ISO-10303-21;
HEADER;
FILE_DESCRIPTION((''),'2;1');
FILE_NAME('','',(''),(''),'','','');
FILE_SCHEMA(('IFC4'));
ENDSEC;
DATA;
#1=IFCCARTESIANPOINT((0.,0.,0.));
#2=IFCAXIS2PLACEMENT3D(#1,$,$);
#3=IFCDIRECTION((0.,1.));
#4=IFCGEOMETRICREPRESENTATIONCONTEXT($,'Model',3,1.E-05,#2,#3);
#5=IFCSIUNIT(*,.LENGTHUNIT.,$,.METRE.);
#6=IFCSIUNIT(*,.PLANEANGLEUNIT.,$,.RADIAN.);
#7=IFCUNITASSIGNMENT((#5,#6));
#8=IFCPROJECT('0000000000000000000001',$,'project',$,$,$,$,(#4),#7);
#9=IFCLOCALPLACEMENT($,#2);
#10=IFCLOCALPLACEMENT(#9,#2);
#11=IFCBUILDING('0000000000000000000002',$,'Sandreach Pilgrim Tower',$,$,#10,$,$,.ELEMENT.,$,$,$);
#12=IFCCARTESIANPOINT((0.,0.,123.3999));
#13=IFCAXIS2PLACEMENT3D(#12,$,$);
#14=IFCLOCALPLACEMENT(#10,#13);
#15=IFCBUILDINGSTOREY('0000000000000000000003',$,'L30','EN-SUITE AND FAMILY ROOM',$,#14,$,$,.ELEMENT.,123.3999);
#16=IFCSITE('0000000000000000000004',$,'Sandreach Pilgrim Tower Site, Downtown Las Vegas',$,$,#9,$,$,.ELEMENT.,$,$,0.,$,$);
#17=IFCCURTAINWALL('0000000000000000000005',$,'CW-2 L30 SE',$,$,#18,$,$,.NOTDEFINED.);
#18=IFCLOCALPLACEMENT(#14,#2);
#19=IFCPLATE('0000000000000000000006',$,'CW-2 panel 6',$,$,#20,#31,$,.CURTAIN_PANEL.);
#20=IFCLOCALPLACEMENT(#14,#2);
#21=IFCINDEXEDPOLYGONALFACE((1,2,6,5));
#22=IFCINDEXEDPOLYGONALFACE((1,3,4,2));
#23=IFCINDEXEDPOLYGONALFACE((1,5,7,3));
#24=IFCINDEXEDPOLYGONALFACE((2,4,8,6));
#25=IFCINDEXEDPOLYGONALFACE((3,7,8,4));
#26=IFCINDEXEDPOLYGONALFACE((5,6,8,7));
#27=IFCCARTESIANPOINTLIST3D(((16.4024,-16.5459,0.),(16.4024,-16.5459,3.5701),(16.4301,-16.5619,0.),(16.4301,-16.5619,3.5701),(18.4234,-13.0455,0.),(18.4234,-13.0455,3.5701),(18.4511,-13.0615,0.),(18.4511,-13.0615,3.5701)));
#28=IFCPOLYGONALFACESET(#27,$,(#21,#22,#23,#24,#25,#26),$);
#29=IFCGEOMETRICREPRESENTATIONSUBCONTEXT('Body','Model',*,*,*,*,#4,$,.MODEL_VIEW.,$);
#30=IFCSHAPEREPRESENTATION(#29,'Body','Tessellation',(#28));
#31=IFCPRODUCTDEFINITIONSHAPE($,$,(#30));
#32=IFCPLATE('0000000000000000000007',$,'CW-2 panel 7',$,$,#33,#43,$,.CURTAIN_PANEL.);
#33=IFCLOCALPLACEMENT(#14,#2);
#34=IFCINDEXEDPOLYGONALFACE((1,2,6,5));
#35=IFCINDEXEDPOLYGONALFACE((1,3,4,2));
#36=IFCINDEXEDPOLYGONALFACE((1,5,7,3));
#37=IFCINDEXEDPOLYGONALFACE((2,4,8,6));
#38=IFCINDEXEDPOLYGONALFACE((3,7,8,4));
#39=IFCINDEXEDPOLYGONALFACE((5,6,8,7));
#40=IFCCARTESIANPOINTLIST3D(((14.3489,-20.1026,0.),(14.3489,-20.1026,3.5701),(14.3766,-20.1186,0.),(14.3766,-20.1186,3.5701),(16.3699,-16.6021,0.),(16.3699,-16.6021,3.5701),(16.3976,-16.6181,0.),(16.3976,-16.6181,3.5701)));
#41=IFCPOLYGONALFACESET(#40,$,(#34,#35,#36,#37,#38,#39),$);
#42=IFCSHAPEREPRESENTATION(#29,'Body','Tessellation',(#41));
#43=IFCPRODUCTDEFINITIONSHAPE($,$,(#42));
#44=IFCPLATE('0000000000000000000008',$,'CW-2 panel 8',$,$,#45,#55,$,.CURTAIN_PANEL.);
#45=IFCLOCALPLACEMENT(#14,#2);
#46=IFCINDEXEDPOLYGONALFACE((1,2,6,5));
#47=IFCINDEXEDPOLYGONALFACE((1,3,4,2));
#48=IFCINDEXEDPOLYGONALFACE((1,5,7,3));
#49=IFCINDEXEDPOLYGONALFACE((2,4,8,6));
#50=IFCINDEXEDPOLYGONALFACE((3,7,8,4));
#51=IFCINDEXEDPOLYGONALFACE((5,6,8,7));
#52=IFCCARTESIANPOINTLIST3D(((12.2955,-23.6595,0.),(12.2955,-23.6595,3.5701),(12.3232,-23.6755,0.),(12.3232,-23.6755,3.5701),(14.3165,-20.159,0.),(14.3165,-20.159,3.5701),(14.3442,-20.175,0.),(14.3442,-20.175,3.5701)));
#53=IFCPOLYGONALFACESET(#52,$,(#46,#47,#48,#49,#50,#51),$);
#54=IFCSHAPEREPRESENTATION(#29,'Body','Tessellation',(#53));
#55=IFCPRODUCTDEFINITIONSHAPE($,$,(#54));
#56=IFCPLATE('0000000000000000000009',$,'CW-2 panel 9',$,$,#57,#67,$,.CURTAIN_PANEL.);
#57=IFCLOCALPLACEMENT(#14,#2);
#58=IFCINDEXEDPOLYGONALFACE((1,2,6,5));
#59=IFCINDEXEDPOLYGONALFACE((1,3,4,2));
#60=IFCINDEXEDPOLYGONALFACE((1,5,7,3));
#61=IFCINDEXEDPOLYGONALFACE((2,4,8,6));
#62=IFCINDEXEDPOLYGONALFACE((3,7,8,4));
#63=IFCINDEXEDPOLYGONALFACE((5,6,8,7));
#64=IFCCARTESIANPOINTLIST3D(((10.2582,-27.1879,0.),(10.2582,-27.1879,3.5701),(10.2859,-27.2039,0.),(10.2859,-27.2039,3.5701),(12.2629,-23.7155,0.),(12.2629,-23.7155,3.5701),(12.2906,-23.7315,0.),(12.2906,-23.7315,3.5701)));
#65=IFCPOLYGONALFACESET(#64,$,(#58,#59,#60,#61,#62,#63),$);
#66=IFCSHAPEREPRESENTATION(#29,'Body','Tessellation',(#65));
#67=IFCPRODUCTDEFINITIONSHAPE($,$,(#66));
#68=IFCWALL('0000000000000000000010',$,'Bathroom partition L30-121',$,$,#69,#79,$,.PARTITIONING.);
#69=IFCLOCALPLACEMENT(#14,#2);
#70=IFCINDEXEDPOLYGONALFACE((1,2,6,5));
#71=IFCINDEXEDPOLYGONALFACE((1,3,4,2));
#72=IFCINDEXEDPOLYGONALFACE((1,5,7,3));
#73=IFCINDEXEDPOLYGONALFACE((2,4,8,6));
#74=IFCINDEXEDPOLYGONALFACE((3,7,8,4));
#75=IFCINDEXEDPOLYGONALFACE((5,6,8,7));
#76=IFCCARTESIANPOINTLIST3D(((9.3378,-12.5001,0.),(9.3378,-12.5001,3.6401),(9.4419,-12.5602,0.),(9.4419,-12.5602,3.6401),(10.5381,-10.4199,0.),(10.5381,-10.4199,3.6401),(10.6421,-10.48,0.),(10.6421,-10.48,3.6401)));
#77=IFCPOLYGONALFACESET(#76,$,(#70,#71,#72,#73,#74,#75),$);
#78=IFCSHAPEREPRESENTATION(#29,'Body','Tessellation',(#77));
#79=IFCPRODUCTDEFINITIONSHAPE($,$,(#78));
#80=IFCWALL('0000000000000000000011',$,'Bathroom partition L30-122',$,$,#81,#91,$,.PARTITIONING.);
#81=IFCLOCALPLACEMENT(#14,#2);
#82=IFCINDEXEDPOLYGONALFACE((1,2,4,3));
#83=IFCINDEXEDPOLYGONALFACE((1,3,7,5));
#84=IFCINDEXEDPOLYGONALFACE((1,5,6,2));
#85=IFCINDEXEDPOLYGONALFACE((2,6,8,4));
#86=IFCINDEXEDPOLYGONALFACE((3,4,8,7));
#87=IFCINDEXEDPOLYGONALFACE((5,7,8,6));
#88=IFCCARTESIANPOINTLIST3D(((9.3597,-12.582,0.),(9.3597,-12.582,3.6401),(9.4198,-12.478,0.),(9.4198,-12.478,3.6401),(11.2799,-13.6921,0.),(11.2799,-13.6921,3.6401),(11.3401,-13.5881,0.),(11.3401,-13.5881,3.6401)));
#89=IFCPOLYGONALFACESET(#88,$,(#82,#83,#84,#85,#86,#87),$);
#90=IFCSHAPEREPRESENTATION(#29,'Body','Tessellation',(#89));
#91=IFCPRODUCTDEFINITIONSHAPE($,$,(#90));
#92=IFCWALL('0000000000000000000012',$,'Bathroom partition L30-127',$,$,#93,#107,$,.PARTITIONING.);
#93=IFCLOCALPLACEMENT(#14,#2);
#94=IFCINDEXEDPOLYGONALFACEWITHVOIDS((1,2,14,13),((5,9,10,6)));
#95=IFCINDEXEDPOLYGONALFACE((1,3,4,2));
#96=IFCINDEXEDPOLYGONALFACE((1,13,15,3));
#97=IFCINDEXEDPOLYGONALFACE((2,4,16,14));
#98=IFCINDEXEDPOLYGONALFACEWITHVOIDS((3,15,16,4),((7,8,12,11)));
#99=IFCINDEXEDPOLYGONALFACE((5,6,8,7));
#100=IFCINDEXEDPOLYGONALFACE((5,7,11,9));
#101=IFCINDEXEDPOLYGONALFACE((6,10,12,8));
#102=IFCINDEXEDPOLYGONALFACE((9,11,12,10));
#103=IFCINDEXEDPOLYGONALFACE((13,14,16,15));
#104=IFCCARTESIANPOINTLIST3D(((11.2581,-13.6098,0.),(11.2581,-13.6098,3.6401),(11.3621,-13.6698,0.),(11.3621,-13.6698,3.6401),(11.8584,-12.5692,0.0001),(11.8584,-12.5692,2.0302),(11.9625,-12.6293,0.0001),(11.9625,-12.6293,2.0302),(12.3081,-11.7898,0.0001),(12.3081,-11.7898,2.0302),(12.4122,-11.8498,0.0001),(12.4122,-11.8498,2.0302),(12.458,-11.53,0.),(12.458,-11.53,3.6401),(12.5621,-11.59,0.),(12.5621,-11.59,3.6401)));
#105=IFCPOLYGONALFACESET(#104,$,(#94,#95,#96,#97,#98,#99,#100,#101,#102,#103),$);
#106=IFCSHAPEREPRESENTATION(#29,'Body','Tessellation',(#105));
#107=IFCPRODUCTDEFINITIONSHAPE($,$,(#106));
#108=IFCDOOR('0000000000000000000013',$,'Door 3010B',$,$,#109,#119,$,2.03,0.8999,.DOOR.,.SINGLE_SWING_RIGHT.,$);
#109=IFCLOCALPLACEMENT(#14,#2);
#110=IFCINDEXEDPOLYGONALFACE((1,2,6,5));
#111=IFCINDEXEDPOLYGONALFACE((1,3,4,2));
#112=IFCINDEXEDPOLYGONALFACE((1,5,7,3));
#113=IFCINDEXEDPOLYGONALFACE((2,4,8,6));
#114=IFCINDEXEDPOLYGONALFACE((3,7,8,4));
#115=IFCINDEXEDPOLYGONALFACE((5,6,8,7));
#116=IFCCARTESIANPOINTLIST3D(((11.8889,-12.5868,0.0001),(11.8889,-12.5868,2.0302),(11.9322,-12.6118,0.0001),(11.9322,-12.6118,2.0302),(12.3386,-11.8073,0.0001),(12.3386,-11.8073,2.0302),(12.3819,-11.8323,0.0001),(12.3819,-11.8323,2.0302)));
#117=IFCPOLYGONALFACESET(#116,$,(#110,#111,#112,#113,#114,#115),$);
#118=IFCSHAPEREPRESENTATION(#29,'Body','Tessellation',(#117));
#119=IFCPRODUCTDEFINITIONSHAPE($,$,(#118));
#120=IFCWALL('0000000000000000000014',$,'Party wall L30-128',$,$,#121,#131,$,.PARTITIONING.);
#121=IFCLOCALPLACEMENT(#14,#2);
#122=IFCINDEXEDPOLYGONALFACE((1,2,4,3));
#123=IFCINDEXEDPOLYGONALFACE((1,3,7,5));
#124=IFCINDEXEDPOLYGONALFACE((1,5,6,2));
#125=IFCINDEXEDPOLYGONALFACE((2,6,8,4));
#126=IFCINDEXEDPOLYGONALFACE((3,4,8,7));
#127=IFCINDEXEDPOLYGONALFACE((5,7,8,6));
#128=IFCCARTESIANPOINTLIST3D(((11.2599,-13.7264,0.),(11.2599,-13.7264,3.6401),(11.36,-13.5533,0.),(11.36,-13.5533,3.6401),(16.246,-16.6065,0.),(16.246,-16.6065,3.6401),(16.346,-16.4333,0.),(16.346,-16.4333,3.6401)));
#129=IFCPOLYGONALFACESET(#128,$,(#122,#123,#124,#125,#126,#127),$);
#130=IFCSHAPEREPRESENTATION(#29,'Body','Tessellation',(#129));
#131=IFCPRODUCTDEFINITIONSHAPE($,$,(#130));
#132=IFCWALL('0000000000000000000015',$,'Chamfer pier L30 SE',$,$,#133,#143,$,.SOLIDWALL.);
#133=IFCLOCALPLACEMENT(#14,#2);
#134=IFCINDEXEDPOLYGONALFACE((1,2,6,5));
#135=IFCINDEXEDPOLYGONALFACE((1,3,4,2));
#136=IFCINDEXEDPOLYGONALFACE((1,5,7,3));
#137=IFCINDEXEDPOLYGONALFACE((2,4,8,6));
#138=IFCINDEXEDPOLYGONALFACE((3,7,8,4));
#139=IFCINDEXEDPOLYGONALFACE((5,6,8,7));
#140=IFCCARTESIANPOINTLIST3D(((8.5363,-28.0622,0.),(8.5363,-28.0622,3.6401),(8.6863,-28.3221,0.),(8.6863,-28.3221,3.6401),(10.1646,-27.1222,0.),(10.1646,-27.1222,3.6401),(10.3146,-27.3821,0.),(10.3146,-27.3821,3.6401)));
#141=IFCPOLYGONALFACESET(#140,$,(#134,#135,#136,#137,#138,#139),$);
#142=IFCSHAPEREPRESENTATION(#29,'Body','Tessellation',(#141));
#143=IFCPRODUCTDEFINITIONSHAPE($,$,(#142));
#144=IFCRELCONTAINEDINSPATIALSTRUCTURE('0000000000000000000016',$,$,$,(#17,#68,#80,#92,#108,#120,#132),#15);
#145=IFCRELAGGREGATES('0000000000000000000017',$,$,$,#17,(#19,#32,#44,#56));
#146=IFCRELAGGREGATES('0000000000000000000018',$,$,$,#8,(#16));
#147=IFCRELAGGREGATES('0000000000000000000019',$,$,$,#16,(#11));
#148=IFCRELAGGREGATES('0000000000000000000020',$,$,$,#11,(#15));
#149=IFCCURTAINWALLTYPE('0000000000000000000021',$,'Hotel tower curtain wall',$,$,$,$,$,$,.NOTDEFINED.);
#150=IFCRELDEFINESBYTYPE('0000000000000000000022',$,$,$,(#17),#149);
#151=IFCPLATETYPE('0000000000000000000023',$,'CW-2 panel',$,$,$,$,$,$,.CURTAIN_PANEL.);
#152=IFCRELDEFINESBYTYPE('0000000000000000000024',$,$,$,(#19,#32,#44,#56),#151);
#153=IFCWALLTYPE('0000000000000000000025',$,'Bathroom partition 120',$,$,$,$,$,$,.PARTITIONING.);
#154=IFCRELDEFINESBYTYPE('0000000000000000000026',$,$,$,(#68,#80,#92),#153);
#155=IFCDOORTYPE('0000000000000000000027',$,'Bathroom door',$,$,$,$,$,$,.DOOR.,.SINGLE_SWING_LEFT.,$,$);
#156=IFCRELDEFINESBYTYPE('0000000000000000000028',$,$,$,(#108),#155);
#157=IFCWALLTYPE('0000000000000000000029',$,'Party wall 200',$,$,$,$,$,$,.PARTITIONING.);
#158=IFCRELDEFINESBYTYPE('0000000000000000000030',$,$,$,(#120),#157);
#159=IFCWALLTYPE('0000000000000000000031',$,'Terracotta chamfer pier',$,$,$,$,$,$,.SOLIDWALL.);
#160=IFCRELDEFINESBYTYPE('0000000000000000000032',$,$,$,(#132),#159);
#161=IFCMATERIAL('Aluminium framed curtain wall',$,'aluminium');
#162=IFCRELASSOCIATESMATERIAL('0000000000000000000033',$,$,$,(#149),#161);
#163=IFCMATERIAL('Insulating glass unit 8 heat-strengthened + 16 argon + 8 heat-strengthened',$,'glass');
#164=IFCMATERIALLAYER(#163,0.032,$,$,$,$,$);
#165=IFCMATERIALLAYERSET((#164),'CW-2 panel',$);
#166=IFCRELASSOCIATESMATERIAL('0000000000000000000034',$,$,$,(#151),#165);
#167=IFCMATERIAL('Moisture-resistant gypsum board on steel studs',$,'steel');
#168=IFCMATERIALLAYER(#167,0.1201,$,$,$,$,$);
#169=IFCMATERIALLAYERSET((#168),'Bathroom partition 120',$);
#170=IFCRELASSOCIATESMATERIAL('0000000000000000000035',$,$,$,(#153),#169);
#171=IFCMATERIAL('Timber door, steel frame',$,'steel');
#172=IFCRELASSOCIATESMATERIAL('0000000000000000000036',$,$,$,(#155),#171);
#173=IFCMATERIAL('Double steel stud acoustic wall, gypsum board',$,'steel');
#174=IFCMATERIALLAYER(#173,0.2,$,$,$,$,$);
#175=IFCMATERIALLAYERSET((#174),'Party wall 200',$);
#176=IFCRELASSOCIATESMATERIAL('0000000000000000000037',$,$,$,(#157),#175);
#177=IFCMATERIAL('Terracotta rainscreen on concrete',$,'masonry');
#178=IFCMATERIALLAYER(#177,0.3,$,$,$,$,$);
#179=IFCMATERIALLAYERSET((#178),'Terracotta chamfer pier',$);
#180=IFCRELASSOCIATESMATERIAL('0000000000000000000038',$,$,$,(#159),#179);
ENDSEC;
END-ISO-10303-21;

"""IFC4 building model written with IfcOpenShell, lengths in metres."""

from ifc_helpers import new_model, si_unit, direction, frame, frame_2d, origin, origin_2d, place, context, subcontext, project, spatial, rectangle, extrude, material, layer, layer_set, type_object, element, fill, aggregate, save


model = new_model("IFC4")

# Units and contexts
model_context = context("Model", 3, precision=1e-05, world=origin(), true_north=direction((0.0, 1.0)))
body_context = subcontext(model_context, "Body", "Model", "MODEL_VIEW")
ifc_project = project(units=[si_unit("LENGTHUNIT", "METRE"), si_unit("PLANEANGLEUNIT", "RADIAN")], contexts=[model_context])

# Site, building, storey
site_placement = place(None, origin())
site = spatial("IfcSite", under=ifc_project, at=site_placement, Name="Sandreach Pilgrim Tower Site, Downtown Las Vegas", CompositionType="ELEMENT", RefElevation=0.0)
building_placement = place(site_placement, origin())
building = spatial("IfcBuilding", under=site, at=building_placement, Name="Sandreach Pilgrim Tower", CompositionType="ELEMENT")
storey_placement = place(building_placement, frame((0.0, 0.0, 123.3999)))
storey = spatial("IfcBuildingStorey", under=building, at=storey_placement, Name="L30", Description="EN-SUITE AND FAMILY ROOM", CompositionType="ELEMENT", Elevation=123.3999)

# Curtain wall
ifc_material_1 = material(Name="Aluminium framed curtain wall", Category="aluminium")
curtain_wall_type = type_object("IfcCurtainWallType", Name="Hotel tower curtain wall", PredefinedType="NOTDEFINED", material=ifc_material_1)
curtain_wall_placement = place(storey_placement, origin())
curtain_wall = element("IfcCurtainWall", 1, at=curtain_wall_placement, inside=storey, type_object=curtain_wall_type, Name="CW-2 L30 SE", PredefinedType="NOTDEFINED")

# Plates
ifc_material_2 = material(Name="Insulating glass unit 8 heat-strengthened + 16 argon + 8 heat-strengthened", Category="glass")
ifc_layer_1 = layer(ifc_material_2, 0.032)
ifc_layer_set_1 = layer_set([ifc_layer_1], Name="CW-2 panel")
plate_type = type_object("IfcPlateType", Name="CW-2 panel", PredefinedType="CURTAIN_PANEL", material=ifc_layer_set_1)
plate_1_placement = place(storey_placement, frame((17.4268, -14.8037, 0.0), z_axis=(0.0, 0.0, 1.0), x_axis=(-0.5, -0.866025, 0.0)))
plate_1 = element("IfcPlate", 2, at=plate_1_placement, type_object=plate_type, Name="CW-2 panel 6", PredefinedType="CURTAIN_PANEL", context=body_context, shape_type="SweptSolid", body=[
    extrude(rectangle(XDim=4.042, YDim=0.032, at=origin_2d()), origin(), (0.0, 0.0, 1.0), 3.5701),
])
plate_2_placement = place(storey_placement, frame((15.3733, -18.3604, 0.0), z_axis=(0.0, 0.0, 1.0), x_axis=(-0.5, -0.866025, 0.0)))
plate_2 = element("IfcPlate", 3, at=plate_2_placement, type_object=plate_type, Name="CW-2 panel 7", PredefinedType="CURTAIN_PANEL", context=body_context, shape_type="SweptSolid", body=[
    extrude(rectangle(XDim=4.042, YDim=0.032, at=origin_2d()), origin(), (0.0, 0.0, 1.0), 3.5701),
])
plate_3_placement = place(storey_placement, frame((13.3198, -21.9172, 0.0), z_axis=(0.0, 0.0, 1.0), x_axis=(-0.5, -0.866025, 0.0)))
plate_3 = element("IfcPlate", 4, at=plate_3_placement, type_object=plate_type, Name="CW-2 panel 8", PredefinedType="CURTAIN_PANEL", context=body_context, shape_type="SweptSolid", body=[
    extrude(rectangle(XDim=4.042, YDim=0.032, at=origin_2d()), origin(), (0.0, 0.0, 1.0), 3.5701),
])
plate_4_placement = place(storey_placement, frame((11.2744, -25.4597, 0.0), z_axis=(0.0, 0.0, 1.0), x_axis=(-0.5, -0.866025, 0.0)))
plate_4 = element("IfcPlate", 5, at=plate_4_placement, type_object=plate_type, Name="CW-2 panel 9", PredefinedType="CURTAIN_PANEL", context=body_context, shape_type="SweptSolid", body=[
    extrude(rectangle(XDim=4.0095, YDim=0.032, at=origin_2d()), origin(), (0.0, 0.0, 1.0), 3.5701),
])
aggregate(curtain_wall, [plate_1, plate_2, plate_3, plate_4])

# Walls
ifc_material_3 = material(Name="Moisture-resistant gypsum board on steel studs", Category="steel")
ifc_layer_2 = layer(ifc_material_3, 0.1201)
ifc_layer_set_2 = layer_set([ifc_layer_2], Name="Bathroom partition 120")
wall_type_1 = type_object("IfcWallType", Name="Bathroom partition 120", PredefinedType="PARTITIONING", material=ifc_layer_set_2)
wall_1_placement = place(storey_placement, frame((9.3899, -12.53, 0.0), z_axis=(0.0, 0.0, 1.0), x_axis=(0.499769, 0.866159, 0.0)))
element("IfcWall", 6, at=wall_1_placement, inside=storey, type_object=wall_type_1, Name="Bathroom partition L30-121", PredefinedType="PARTITIONING", context=body_context, shape_type="SweptSolid", body=[
    extrude(rectangle(XDim=2.4016, YDim=0.1201, at=frame_2d((1.2007, 0.0))), origin(), (0.0, 0.0, 1.0), 3.6401),
])
wall_2_placement = place(storey_placement, frame((9.3899, -12.53, 0.0), z_axis=(0.0, 0.0, 1.0), x_axis=(0.865733, -0.500507, 0.0)))
element("IfcWall", 7, at=wall_2_placement, inside=storey, type_object=wall_type_1, Name="Bathroom partition L30-122", PredefinedType="PARTITIONING", context=body_context, shape_type="SweptSolid", body=[
    extrude(rectangle(XDim=2.218, YDim=0.1201, at=frame_2d((1.1089, 0.0))), origin(), (0.0, 0.0, 1.0), 3.6401),
])

# Wall, opening, door
wall_3_placement = place(storey_placement, frame((11.3101, -13.6399, 0.0), z_axis=(0.0, 0.0, 1.0), x_axis=(0.499737, 0.866177, 0.0)))
wall_3 = element("IfcWall", 8, at=wall_3_placement, inside=storey, type_object=wall_type_1, Name="Bathroom partition L30-127", PredefinedType="PARTITIONING", context=body_context, shape_type="SweptSolid", body=[
    extrude(rectangle(XDim=2.4011, YDim=0.1201, at=frame_2d((1.2007, 0.0))), origin(), (0.0, 0.0, 1.0), 3.6401),
])
opening_placement = place(wall_3_placement, frame((1.2014, 0.0, 0.0)))
opening = element("IfcOpeningElement", 9, at=opening_placement, cuts=wall_3, PredefinedType="OPENING", context=body_context, shape_type="SweptSolid", body=[
    extrude(rectangle(XDim=0.8999, YDim=2.03, at=frame_2d((0.45, 1.0151))), frame((0.0, 0.0601, 0.0), z_axis=(0.0, -1.0, 0.0), x_axis=(1.0, 0.0, 0.0)), (0.0, 0.0, 1.0), 0.1201),
])
ifc_material_4 = material(Name="Timber door, steel frame", Category="steel")
door_type = type_object("IfcDoorType", Name="Bathroom door", OperationType="SINGLE_SWING_LEFT", PredefinedType="DOOR", material=ifc_material_4)
door_placement = place(opening_placement, origin())
door = element("IfcDoor", 10, at=door_placement, inside=storey, type_object=door_type, Name="Door 3010B", OperationType="SINGLE_SWING_RIGHT", OverallHeight=2.03, OverallWidth=0.8999, PredefinedType="DOOR", context=body_context, shape_type="SweptSolid", body=[
    extrude(rectangle(XDim=0.8999, YDim=2.03, at=frame_2d((0.45, 1.0151))), frame((0.0, 0.0249, 0.0), z_axis=(0.0, -1.0, 0.0), x_axis=(1.0, 0.0, 0.0)), (0.0, 0.0, 1.0), 0.05),
])
fill(opening, door)

# Walls
ifc_material_5 = material(Name="Double steel stud acoustic wall, gypsum board", Category="steel")
ifc_layer_3 = layer(ifc_material_5, 0.2)
ifc_layer_set_3 = layer_set([ifc_layer_3], Name="Party wall 200")
wall_type_2 = type_object("IfcWallType", Name="Party wall 200", PredefinedType="PARTITIONING", material=ifc_layer_set_3)
wall_4_placement = place(storey_placement, frame((11.3101, -13.6399, 0.0), z_axis=(0.0, 0.0, 1.0), x_axis=(0.865919, -0.500184, 0.0)))
element("IfcWall", 11, at=wall_4_placement, inside=storey, type_object=wall_type_2, Name="Party wall L30-128", PredefinedType="PARTITIONING", context=body_context, shape_type="SweptSolid", body=[
    extrude(rectangle(XDim=5.7581, YDim=0.2, at=frame_2d((2.8789, 0.0))), origin(), (0.0, 0.0, 1.0), 3.6401),
])
ifc_material_6 = material(Name="Terracotta rainscreen on concrete", Category="masonry")
ifc_layer_4 = layer(ifc_material_6, 0.3)
ifc_layer_set_4 = layer_set([ifc_layer_4], Name="Terracotta chamfer pier")
wall_type_3 = type_object("IfcWallType", Name="Terracotta chamfer pier", PredefinedType="SOLIDWALL", material=ifc_layer_set_4)
wall_5_placement = place(storey_placement, frame((10.2395, -27.2522, 0.0), z_axis=(0.0, 0.0, 1.0), x_axis=(-0.866045, -0.499966, 0.0)))
element("IfcWall", 12, at=wall_5_placement, inside=storey, type_object=wall_type_3, Name="Chamfer pier L30 SE", PredefinedType="SOLIDWALL", context=body_context, shape_type="SweptSolid", body=[
    extrude(rectangle(XDim=1.8801, YDim=0.3, at=frame_2d((0.9399, 0.0))), origin(), (0.0, 0.0, 1.0), 3.6401),
])

save(model, "model.ifc")
